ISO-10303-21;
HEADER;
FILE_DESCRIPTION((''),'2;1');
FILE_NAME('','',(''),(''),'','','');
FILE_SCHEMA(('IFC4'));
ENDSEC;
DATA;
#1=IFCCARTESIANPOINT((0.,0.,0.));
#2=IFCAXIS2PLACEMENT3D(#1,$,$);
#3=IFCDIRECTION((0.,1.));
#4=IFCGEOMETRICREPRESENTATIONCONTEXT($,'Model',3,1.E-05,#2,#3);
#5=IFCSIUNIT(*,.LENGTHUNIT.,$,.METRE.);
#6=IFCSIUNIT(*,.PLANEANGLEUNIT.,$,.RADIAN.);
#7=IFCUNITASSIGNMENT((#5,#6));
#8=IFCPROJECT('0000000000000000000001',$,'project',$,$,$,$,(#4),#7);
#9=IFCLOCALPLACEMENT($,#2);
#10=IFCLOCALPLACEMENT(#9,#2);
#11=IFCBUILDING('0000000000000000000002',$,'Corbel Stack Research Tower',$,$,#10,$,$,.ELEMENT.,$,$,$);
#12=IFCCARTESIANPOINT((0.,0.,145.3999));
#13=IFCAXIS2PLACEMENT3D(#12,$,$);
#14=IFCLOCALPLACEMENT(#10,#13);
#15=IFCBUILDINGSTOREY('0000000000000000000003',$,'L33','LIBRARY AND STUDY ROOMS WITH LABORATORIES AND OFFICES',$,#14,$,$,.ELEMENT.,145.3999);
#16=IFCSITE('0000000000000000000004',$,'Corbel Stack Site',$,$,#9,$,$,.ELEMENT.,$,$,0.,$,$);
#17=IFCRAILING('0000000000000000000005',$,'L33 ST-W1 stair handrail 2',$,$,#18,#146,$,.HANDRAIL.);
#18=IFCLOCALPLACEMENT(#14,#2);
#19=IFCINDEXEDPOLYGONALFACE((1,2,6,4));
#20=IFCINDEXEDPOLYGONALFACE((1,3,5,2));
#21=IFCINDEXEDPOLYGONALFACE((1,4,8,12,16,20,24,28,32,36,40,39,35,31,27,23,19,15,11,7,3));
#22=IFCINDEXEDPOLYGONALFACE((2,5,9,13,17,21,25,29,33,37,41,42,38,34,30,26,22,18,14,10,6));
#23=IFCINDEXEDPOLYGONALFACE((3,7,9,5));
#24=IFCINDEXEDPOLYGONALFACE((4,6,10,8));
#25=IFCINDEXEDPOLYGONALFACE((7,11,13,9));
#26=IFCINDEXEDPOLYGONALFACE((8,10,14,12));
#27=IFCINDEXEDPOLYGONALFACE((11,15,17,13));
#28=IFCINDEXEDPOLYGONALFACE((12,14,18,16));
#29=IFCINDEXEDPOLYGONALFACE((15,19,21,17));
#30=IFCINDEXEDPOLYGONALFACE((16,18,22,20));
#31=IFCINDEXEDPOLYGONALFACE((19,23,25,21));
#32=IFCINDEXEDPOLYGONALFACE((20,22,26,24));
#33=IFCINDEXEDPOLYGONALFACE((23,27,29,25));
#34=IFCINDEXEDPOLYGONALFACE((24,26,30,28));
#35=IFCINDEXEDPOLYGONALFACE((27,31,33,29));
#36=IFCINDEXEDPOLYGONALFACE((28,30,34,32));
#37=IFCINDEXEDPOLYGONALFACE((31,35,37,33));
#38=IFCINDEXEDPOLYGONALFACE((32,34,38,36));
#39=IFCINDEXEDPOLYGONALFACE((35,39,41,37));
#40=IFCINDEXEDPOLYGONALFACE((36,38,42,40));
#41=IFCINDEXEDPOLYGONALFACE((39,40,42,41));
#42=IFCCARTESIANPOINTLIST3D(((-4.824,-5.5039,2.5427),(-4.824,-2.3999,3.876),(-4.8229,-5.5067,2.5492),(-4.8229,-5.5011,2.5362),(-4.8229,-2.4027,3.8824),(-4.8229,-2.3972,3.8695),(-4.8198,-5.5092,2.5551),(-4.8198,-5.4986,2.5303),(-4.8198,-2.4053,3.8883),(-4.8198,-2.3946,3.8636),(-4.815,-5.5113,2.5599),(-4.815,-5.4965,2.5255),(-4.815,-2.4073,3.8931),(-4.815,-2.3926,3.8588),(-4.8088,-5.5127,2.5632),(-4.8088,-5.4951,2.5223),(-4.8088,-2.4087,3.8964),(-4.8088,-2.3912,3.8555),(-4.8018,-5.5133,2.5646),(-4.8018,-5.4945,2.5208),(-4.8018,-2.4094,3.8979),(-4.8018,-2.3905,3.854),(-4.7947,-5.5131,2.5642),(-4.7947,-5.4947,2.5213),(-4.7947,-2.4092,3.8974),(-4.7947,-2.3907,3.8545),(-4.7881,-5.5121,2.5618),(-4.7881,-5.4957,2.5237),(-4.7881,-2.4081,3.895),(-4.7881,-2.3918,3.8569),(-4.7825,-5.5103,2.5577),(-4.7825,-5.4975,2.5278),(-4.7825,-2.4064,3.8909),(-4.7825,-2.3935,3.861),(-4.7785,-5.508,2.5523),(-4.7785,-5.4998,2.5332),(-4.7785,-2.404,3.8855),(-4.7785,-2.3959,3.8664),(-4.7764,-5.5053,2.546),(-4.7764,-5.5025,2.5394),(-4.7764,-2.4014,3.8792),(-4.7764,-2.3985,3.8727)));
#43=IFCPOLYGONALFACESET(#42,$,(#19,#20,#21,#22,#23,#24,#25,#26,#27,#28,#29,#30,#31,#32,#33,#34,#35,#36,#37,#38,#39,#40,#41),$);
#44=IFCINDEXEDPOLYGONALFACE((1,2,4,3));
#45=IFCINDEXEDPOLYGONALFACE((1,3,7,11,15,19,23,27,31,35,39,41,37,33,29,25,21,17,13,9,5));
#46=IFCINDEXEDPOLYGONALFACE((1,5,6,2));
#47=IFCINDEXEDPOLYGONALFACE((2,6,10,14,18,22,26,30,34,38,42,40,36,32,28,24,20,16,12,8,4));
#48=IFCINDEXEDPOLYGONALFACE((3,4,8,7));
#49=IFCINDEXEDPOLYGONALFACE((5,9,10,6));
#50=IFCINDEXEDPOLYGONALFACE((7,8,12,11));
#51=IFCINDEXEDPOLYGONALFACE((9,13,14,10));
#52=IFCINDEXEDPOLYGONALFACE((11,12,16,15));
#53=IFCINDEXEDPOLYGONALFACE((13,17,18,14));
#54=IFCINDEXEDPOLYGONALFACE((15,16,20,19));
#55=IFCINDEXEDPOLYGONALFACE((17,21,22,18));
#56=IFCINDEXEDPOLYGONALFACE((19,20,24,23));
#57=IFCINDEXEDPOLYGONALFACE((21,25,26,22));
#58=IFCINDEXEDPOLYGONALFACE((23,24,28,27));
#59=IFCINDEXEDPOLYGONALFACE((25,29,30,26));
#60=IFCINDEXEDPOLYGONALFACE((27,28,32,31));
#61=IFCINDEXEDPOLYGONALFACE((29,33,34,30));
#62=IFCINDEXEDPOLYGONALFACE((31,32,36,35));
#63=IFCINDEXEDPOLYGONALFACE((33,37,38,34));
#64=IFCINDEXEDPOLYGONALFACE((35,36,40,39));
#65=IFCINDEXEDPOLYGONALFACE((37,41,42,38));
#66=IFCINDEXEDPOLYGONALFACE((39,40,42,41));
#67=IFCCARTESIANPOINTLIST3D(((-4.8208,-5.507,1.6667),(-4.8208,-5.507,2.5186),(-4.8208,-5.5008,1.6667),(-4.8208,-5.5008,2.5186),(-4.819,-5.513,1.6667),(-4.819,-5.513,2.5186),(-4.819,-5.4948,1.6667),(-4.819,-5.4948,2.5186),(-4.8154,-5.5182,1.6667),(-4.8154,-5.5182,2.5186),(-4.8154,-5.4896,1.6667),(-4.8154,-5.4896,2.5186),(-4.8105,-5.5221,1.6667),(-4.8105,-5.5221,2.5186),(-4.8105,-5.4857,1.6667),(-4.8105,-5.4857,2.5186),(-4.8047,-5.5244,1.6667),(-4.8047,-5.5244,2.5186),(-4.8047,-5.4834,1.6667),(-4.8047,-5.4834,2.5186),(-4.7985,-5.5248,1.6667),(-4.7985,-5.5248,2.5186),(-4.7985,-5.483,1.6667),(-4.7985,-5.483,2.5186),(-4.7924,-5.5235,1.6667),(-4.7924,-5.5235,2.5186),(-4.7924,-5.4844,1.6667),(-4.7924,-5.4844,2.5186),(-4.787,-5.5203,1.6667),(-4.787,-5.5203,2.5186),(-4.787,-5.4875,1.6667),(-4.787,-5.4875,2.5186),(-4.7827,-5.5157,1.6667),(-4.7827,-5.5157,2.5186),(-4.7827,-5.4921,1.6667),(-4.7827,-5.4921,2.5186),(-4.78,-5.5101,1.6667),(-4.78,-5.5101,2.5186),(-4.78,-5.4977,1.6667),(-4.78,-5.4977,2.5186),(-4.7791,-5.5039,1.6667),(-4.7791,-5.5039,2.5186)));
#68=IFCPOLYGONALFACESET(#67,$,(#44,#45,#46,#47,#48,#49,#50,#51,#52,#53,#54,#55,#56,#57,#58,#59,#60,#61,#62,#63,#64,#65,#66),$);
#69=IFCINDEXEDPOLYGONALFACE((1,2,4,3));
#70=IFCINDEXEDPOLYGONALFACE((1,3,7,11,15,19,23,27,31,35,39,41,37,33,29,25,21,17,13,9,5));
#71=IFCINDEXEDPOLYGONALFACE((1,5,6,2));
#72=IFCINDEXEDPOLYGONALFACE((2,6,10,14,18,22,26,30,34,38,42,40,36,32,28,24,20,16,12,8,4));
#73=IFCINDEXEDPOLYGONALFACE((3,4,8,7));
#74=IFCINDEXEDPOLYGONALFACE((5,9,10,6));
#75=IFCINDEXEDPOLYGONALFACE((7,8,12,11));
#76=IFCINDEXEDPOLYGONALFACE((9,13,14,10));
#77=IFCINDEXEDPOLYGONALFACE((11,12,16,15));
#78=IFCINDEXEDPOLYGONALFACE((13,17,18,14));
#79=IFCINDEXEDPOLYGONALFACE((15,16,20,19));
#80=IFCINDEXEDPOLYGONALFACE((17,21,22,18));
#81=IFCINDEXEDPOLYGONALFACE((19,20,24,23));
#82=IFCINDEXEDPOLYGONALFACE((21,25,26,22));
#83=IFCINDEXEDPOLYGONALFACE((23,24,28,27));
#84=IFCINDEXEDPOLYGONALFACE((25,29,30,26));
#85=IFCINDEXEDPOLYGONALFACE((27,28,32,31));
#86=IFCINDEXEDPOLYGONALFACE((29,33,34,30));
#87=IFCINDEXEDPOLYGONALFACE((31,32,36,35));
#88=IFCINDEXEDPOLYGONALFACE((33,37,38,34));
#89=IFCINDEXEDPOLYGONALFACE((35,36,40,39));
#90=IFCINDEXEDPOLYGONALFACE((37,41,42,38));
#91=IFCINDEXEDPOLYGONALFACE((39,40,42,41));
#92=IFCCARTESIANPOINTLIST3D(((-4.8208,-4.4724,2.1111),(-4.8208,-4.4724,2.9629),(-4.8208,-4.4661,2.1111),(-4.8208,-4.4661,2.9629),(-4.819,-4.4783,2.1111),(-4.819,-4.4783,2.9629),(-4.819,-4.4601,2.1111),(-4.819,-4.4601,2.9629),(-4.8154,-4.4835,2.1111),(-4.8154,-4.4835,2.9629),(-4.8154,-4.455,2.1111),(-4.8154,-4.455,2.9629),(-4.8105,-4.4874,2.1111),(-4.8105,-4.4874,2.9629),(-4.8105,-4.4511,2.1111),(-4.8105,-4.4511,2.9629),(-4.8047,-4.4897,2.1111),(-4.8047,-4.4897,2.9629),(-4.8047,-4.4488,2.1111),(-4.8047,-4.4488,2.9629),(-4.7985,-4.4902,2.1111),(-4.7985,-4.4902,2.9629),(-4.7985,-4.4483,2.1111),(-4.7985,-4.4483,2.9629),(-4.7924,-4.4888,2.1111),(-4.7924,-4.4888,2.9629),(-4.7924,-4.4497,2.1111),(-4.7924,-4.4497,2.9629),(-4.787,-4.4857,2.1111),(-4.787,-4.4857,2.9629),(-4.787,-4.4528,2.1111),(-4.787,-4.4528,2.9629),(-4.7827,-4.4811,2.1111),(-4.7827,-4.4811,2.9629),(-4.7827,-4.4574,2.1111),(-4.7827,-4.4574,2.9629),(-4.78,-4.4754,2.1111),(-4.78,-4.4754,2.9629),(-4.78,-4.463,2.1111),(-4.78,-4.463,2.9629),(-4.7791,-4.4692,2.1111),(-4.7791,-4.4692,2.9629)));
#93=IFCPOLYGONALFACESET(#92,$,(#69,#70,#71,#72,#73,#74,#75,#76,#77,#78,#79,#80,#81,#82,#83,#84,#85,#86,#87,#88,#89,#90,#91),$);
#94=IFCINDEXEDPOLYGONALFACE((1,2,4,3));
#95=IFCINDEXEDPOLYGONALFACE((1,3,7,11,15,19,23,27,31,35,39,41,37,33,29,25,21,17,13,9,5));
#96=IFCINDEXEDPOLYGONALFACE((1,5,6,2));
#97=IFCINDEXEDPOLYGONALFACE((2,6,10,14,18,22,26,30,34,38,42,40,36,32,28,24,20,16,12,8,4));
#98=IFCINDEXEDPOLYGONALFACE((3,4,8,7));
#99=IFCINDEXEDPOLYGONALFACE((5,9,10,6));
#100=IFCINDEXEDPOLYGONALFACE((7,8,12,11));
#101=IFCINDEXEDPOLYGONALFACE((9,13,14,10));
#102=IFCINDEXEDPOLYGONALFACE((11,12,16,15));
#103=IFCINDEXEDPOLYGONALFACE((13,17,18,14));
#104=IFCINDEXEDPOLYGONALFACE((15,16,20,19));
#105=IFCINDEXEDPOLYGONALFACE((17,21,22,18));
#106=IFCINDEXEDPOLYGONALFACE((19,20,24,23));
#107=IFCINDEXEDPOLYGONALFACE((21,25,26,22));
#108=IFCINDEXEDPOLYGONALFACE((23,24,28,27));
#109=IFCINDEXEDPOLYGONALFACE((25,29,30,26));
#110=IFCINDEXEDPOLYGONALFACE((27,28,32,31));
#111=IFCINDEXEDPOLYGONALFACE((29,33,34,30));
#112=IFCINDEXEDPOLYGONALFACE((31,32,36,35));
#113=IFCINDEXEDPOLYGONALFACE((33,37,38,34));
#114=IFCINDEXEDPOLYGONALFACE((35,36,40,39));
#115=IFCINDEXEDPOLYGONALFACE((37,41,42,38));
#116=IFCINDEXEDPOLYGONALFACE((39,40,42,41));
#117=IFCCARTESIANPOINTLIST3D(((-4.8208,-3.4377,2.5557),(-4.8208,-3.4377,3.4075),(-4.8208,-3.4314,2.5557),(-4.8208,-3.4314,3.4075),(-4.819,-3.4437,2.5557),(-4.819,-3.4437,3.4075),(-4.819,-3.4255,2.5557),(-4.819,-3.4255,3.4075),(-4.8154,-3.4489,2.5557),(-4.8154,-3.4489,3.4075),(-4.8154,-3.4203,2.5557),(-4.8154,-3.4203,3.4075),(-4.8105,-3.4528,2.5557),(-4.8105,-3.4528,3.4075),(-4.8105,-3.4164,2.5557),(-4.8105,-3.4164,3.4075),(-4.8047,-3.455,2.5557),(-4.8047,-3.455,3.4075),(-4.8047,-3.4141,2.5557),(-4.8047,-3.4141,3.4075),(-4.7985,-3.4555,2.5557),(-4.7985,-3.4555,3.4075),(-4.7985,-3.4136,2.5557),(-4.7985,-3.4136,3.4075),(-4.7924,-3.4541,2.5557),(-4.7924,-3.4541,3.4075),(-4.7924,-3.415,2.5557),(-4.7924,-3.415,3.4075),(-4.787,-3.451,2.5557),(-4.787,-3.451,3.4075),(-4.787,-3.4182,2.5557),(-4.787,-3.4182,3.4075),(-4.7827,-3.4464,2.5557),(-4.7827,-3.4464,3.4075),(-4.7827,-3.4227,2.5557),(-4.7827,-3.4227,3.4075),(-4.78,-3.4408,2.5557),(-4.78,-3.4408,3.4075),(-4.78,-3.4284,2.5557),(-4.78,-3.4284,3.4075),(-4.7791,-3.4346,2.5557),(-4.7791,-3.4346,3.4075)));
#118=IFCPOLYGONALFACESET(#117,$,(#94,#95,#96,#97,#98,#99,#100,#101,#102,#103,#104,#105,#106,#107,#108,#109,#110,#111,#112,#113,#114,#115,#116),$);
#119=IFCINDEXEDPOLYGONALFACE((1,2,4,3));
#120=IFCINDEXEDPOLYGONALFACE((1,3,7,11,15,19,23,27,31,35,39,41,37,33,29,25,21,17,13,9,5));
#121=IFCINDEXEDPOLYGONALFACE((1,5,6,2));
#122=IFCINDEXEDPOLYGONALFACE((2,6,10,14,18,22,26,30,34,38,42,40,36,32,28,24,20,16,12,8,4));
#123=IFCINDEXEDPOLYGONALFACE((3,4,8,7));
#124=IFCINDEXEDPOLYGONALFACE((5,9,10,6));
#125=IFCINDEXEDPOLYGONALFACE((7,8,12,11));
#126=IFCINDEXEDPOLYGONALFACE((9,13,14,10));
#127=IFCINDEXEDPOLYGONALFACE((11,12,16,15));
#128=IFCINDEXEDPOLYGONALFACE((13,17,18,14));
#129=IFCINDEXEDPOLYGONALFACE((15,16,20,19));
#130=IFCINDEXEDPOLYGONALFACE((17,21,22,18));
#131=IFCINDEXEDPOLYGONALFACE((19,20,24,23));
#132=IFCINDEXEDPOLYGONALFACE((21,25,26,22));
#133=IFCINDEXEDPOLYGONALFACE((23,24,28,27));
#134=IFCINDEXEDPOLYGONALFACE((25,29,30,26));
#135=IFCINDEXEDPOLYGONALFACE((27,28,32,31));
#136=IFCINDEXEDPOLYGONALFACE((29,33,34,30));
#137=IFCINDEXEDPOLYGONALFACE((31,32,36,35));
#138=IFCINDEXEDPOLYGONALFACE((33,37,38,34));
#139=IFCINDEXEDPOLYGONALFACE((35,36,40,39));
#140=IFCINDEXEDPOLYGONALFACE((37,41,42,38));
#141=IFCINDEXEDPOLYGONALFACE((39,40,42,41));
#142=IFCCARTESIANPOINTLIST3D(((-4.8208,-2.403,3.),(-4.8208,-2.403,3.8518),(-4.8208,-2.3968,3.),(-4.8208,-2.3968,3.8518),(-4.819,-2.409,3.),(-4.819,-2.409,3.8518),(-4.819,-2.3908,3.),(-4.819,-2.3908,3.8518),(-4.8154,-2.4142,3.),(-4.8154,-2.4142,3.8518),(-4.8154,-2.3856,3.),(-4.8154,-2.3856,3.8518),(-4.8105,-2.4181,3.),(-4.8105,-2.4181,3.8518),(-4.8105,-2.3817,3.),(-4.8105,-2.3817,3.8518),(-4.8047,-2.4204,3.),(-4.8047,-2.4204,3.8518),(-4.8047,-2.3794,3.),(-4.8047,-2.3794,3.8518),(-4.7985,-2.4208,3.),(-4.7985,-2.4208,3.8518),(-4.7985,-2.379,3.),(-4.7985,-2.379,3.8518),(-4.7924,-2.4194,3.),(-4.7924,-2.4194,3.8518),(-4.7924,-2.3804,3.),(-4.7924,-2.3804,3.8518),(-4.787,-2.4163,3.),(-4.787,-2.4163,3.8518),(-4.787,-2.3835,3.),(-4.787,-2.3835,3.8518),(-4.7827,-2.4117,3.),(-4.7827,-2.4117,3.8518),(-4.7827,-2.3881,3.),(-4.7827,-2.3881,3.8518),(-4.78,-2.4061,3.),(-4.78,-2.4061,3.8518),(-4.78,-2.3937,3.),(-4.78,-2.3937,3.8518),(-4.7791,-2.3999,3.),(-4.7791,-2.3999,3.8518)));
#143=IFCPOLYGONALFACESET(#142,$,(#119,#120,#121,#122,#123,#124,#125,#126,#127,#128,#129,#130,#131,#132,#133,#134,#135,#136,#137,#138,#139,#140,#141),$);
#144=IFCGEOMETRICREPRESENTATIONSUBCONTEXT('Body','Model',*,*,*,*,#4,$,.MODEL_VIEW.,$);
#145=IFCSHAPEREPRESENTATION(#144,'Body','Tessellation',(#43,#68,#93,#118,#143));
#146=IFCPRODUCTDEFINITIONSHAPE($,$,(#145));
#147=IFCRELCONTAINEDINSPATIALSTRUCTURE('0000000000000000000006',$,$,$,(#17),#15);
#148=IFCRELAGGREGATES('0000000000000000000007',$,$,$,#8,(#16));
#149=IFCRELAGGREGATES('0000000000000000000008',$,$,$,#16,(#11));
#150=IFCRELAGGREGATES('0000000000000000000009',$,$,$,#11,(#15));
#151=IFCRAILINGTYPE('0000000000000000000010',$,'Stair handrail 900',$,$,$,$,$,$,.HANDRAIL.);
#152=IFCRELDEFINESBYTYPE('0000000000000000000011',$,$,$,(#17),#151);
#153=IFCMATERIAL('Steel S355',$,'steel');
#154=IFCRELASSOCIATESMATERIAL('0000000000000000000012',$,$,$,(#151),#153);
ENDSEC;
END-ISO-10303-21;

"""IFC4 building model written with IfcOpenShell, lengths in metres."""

from ifc_helpers import new_model, si_unit, direction, frame, origin, origin_2d, place, context, subcontext, project, spatial, circle, extrude, material, type_object, element, save


model = new_model("IFC4")

# Units and contexts
model_context = context("Model", 3, precision=1e-05, world=origin(), true_north=direction((0.0, 1.0)))
body_context = subcontext(model_context, "Body", "Model", "MODEL_VIEW")
ifc_project = project(units=[si_unit("LENGTHUNIT", "METRE"), si_unit("PLANEANGLEUNIT", "RADIAN")], contexts=[model_context])

# Site, building, storey
site_placement = place(None, origin())
site = spatial("IfcSite", under=ifc_project, at=site_placement, Name="Corbel Stack Site", CompositionType="ELEMENT", RefElevation=0.0)
building_placement = place(site_placement, origin())
building = spatial("IfcBuilding", under=site, at=building_placement, Name="Corbel Stack Research Tower", CompositionType="ELEMENT")
storey_placement = place(building_placement, frame((0.0, 0.0, 145.3999)))
storey = spatial("IfcBuildingStorey", under=building, at=storey_placement, Name="L33", Description="LIBRARY AND STUDY ROOMS WITH LABORATORIES AND OFFICES", CompositionType="ELEMENT", Elevation=145.3999)

# Railing
ifc_material_1 = material(Name="Steel S355", Category="steel")
railing_type_1 = type_object("IfcRailingType", Name="Stair handrail 900", PredefinedType="HANDRAIL", material=ifc_material_1)
railing_1_placement = place(storey_placement, frame((-4.8, -5.5039, 1.6667)))
element("IfcRailing", 1, at=railing_1_placement, inside=storey, type_object=railing_type_1, Name="L33 ST-W1 stair handrail 2", PredefinedType="HANDRAIL", context=body_context, shape_type="SweptSolid", body=[
    extrude(circle(Radius=0.0239, at=origin_2d()), frame((0.0, 0.0, 0.876), z_axis=(0.0, 0.918827, 0.394661), x_axis=(-1.0, 0.0, 0.0)), (0.0, 0.0, 1.0), 3.3782),
    extrude(circle(Radius=0.021, at=origin_2d()), origin(), (0.0, 0.0, 1.0), 0.8518),
    extrude(circle(Radius=0.021, at=origin_2d()), frame((0.0, 1.0347, 0.4443)), (0.0, 0.0, 1.0), 0.8518),
    extrude(circle(Radius=0.021, at=origin_2d()), frame((0.0, 2.0693, 0.8889)), (0.0, 0.0, 1.0), 0.8518),
    extrude(circle(Radius=0.021, at=origin_2d()), frame((0.0, 3.104, 1.3333)), (0.0, 0.0, 1.0), 0.8518),
])

save(model, "model.ifc")
